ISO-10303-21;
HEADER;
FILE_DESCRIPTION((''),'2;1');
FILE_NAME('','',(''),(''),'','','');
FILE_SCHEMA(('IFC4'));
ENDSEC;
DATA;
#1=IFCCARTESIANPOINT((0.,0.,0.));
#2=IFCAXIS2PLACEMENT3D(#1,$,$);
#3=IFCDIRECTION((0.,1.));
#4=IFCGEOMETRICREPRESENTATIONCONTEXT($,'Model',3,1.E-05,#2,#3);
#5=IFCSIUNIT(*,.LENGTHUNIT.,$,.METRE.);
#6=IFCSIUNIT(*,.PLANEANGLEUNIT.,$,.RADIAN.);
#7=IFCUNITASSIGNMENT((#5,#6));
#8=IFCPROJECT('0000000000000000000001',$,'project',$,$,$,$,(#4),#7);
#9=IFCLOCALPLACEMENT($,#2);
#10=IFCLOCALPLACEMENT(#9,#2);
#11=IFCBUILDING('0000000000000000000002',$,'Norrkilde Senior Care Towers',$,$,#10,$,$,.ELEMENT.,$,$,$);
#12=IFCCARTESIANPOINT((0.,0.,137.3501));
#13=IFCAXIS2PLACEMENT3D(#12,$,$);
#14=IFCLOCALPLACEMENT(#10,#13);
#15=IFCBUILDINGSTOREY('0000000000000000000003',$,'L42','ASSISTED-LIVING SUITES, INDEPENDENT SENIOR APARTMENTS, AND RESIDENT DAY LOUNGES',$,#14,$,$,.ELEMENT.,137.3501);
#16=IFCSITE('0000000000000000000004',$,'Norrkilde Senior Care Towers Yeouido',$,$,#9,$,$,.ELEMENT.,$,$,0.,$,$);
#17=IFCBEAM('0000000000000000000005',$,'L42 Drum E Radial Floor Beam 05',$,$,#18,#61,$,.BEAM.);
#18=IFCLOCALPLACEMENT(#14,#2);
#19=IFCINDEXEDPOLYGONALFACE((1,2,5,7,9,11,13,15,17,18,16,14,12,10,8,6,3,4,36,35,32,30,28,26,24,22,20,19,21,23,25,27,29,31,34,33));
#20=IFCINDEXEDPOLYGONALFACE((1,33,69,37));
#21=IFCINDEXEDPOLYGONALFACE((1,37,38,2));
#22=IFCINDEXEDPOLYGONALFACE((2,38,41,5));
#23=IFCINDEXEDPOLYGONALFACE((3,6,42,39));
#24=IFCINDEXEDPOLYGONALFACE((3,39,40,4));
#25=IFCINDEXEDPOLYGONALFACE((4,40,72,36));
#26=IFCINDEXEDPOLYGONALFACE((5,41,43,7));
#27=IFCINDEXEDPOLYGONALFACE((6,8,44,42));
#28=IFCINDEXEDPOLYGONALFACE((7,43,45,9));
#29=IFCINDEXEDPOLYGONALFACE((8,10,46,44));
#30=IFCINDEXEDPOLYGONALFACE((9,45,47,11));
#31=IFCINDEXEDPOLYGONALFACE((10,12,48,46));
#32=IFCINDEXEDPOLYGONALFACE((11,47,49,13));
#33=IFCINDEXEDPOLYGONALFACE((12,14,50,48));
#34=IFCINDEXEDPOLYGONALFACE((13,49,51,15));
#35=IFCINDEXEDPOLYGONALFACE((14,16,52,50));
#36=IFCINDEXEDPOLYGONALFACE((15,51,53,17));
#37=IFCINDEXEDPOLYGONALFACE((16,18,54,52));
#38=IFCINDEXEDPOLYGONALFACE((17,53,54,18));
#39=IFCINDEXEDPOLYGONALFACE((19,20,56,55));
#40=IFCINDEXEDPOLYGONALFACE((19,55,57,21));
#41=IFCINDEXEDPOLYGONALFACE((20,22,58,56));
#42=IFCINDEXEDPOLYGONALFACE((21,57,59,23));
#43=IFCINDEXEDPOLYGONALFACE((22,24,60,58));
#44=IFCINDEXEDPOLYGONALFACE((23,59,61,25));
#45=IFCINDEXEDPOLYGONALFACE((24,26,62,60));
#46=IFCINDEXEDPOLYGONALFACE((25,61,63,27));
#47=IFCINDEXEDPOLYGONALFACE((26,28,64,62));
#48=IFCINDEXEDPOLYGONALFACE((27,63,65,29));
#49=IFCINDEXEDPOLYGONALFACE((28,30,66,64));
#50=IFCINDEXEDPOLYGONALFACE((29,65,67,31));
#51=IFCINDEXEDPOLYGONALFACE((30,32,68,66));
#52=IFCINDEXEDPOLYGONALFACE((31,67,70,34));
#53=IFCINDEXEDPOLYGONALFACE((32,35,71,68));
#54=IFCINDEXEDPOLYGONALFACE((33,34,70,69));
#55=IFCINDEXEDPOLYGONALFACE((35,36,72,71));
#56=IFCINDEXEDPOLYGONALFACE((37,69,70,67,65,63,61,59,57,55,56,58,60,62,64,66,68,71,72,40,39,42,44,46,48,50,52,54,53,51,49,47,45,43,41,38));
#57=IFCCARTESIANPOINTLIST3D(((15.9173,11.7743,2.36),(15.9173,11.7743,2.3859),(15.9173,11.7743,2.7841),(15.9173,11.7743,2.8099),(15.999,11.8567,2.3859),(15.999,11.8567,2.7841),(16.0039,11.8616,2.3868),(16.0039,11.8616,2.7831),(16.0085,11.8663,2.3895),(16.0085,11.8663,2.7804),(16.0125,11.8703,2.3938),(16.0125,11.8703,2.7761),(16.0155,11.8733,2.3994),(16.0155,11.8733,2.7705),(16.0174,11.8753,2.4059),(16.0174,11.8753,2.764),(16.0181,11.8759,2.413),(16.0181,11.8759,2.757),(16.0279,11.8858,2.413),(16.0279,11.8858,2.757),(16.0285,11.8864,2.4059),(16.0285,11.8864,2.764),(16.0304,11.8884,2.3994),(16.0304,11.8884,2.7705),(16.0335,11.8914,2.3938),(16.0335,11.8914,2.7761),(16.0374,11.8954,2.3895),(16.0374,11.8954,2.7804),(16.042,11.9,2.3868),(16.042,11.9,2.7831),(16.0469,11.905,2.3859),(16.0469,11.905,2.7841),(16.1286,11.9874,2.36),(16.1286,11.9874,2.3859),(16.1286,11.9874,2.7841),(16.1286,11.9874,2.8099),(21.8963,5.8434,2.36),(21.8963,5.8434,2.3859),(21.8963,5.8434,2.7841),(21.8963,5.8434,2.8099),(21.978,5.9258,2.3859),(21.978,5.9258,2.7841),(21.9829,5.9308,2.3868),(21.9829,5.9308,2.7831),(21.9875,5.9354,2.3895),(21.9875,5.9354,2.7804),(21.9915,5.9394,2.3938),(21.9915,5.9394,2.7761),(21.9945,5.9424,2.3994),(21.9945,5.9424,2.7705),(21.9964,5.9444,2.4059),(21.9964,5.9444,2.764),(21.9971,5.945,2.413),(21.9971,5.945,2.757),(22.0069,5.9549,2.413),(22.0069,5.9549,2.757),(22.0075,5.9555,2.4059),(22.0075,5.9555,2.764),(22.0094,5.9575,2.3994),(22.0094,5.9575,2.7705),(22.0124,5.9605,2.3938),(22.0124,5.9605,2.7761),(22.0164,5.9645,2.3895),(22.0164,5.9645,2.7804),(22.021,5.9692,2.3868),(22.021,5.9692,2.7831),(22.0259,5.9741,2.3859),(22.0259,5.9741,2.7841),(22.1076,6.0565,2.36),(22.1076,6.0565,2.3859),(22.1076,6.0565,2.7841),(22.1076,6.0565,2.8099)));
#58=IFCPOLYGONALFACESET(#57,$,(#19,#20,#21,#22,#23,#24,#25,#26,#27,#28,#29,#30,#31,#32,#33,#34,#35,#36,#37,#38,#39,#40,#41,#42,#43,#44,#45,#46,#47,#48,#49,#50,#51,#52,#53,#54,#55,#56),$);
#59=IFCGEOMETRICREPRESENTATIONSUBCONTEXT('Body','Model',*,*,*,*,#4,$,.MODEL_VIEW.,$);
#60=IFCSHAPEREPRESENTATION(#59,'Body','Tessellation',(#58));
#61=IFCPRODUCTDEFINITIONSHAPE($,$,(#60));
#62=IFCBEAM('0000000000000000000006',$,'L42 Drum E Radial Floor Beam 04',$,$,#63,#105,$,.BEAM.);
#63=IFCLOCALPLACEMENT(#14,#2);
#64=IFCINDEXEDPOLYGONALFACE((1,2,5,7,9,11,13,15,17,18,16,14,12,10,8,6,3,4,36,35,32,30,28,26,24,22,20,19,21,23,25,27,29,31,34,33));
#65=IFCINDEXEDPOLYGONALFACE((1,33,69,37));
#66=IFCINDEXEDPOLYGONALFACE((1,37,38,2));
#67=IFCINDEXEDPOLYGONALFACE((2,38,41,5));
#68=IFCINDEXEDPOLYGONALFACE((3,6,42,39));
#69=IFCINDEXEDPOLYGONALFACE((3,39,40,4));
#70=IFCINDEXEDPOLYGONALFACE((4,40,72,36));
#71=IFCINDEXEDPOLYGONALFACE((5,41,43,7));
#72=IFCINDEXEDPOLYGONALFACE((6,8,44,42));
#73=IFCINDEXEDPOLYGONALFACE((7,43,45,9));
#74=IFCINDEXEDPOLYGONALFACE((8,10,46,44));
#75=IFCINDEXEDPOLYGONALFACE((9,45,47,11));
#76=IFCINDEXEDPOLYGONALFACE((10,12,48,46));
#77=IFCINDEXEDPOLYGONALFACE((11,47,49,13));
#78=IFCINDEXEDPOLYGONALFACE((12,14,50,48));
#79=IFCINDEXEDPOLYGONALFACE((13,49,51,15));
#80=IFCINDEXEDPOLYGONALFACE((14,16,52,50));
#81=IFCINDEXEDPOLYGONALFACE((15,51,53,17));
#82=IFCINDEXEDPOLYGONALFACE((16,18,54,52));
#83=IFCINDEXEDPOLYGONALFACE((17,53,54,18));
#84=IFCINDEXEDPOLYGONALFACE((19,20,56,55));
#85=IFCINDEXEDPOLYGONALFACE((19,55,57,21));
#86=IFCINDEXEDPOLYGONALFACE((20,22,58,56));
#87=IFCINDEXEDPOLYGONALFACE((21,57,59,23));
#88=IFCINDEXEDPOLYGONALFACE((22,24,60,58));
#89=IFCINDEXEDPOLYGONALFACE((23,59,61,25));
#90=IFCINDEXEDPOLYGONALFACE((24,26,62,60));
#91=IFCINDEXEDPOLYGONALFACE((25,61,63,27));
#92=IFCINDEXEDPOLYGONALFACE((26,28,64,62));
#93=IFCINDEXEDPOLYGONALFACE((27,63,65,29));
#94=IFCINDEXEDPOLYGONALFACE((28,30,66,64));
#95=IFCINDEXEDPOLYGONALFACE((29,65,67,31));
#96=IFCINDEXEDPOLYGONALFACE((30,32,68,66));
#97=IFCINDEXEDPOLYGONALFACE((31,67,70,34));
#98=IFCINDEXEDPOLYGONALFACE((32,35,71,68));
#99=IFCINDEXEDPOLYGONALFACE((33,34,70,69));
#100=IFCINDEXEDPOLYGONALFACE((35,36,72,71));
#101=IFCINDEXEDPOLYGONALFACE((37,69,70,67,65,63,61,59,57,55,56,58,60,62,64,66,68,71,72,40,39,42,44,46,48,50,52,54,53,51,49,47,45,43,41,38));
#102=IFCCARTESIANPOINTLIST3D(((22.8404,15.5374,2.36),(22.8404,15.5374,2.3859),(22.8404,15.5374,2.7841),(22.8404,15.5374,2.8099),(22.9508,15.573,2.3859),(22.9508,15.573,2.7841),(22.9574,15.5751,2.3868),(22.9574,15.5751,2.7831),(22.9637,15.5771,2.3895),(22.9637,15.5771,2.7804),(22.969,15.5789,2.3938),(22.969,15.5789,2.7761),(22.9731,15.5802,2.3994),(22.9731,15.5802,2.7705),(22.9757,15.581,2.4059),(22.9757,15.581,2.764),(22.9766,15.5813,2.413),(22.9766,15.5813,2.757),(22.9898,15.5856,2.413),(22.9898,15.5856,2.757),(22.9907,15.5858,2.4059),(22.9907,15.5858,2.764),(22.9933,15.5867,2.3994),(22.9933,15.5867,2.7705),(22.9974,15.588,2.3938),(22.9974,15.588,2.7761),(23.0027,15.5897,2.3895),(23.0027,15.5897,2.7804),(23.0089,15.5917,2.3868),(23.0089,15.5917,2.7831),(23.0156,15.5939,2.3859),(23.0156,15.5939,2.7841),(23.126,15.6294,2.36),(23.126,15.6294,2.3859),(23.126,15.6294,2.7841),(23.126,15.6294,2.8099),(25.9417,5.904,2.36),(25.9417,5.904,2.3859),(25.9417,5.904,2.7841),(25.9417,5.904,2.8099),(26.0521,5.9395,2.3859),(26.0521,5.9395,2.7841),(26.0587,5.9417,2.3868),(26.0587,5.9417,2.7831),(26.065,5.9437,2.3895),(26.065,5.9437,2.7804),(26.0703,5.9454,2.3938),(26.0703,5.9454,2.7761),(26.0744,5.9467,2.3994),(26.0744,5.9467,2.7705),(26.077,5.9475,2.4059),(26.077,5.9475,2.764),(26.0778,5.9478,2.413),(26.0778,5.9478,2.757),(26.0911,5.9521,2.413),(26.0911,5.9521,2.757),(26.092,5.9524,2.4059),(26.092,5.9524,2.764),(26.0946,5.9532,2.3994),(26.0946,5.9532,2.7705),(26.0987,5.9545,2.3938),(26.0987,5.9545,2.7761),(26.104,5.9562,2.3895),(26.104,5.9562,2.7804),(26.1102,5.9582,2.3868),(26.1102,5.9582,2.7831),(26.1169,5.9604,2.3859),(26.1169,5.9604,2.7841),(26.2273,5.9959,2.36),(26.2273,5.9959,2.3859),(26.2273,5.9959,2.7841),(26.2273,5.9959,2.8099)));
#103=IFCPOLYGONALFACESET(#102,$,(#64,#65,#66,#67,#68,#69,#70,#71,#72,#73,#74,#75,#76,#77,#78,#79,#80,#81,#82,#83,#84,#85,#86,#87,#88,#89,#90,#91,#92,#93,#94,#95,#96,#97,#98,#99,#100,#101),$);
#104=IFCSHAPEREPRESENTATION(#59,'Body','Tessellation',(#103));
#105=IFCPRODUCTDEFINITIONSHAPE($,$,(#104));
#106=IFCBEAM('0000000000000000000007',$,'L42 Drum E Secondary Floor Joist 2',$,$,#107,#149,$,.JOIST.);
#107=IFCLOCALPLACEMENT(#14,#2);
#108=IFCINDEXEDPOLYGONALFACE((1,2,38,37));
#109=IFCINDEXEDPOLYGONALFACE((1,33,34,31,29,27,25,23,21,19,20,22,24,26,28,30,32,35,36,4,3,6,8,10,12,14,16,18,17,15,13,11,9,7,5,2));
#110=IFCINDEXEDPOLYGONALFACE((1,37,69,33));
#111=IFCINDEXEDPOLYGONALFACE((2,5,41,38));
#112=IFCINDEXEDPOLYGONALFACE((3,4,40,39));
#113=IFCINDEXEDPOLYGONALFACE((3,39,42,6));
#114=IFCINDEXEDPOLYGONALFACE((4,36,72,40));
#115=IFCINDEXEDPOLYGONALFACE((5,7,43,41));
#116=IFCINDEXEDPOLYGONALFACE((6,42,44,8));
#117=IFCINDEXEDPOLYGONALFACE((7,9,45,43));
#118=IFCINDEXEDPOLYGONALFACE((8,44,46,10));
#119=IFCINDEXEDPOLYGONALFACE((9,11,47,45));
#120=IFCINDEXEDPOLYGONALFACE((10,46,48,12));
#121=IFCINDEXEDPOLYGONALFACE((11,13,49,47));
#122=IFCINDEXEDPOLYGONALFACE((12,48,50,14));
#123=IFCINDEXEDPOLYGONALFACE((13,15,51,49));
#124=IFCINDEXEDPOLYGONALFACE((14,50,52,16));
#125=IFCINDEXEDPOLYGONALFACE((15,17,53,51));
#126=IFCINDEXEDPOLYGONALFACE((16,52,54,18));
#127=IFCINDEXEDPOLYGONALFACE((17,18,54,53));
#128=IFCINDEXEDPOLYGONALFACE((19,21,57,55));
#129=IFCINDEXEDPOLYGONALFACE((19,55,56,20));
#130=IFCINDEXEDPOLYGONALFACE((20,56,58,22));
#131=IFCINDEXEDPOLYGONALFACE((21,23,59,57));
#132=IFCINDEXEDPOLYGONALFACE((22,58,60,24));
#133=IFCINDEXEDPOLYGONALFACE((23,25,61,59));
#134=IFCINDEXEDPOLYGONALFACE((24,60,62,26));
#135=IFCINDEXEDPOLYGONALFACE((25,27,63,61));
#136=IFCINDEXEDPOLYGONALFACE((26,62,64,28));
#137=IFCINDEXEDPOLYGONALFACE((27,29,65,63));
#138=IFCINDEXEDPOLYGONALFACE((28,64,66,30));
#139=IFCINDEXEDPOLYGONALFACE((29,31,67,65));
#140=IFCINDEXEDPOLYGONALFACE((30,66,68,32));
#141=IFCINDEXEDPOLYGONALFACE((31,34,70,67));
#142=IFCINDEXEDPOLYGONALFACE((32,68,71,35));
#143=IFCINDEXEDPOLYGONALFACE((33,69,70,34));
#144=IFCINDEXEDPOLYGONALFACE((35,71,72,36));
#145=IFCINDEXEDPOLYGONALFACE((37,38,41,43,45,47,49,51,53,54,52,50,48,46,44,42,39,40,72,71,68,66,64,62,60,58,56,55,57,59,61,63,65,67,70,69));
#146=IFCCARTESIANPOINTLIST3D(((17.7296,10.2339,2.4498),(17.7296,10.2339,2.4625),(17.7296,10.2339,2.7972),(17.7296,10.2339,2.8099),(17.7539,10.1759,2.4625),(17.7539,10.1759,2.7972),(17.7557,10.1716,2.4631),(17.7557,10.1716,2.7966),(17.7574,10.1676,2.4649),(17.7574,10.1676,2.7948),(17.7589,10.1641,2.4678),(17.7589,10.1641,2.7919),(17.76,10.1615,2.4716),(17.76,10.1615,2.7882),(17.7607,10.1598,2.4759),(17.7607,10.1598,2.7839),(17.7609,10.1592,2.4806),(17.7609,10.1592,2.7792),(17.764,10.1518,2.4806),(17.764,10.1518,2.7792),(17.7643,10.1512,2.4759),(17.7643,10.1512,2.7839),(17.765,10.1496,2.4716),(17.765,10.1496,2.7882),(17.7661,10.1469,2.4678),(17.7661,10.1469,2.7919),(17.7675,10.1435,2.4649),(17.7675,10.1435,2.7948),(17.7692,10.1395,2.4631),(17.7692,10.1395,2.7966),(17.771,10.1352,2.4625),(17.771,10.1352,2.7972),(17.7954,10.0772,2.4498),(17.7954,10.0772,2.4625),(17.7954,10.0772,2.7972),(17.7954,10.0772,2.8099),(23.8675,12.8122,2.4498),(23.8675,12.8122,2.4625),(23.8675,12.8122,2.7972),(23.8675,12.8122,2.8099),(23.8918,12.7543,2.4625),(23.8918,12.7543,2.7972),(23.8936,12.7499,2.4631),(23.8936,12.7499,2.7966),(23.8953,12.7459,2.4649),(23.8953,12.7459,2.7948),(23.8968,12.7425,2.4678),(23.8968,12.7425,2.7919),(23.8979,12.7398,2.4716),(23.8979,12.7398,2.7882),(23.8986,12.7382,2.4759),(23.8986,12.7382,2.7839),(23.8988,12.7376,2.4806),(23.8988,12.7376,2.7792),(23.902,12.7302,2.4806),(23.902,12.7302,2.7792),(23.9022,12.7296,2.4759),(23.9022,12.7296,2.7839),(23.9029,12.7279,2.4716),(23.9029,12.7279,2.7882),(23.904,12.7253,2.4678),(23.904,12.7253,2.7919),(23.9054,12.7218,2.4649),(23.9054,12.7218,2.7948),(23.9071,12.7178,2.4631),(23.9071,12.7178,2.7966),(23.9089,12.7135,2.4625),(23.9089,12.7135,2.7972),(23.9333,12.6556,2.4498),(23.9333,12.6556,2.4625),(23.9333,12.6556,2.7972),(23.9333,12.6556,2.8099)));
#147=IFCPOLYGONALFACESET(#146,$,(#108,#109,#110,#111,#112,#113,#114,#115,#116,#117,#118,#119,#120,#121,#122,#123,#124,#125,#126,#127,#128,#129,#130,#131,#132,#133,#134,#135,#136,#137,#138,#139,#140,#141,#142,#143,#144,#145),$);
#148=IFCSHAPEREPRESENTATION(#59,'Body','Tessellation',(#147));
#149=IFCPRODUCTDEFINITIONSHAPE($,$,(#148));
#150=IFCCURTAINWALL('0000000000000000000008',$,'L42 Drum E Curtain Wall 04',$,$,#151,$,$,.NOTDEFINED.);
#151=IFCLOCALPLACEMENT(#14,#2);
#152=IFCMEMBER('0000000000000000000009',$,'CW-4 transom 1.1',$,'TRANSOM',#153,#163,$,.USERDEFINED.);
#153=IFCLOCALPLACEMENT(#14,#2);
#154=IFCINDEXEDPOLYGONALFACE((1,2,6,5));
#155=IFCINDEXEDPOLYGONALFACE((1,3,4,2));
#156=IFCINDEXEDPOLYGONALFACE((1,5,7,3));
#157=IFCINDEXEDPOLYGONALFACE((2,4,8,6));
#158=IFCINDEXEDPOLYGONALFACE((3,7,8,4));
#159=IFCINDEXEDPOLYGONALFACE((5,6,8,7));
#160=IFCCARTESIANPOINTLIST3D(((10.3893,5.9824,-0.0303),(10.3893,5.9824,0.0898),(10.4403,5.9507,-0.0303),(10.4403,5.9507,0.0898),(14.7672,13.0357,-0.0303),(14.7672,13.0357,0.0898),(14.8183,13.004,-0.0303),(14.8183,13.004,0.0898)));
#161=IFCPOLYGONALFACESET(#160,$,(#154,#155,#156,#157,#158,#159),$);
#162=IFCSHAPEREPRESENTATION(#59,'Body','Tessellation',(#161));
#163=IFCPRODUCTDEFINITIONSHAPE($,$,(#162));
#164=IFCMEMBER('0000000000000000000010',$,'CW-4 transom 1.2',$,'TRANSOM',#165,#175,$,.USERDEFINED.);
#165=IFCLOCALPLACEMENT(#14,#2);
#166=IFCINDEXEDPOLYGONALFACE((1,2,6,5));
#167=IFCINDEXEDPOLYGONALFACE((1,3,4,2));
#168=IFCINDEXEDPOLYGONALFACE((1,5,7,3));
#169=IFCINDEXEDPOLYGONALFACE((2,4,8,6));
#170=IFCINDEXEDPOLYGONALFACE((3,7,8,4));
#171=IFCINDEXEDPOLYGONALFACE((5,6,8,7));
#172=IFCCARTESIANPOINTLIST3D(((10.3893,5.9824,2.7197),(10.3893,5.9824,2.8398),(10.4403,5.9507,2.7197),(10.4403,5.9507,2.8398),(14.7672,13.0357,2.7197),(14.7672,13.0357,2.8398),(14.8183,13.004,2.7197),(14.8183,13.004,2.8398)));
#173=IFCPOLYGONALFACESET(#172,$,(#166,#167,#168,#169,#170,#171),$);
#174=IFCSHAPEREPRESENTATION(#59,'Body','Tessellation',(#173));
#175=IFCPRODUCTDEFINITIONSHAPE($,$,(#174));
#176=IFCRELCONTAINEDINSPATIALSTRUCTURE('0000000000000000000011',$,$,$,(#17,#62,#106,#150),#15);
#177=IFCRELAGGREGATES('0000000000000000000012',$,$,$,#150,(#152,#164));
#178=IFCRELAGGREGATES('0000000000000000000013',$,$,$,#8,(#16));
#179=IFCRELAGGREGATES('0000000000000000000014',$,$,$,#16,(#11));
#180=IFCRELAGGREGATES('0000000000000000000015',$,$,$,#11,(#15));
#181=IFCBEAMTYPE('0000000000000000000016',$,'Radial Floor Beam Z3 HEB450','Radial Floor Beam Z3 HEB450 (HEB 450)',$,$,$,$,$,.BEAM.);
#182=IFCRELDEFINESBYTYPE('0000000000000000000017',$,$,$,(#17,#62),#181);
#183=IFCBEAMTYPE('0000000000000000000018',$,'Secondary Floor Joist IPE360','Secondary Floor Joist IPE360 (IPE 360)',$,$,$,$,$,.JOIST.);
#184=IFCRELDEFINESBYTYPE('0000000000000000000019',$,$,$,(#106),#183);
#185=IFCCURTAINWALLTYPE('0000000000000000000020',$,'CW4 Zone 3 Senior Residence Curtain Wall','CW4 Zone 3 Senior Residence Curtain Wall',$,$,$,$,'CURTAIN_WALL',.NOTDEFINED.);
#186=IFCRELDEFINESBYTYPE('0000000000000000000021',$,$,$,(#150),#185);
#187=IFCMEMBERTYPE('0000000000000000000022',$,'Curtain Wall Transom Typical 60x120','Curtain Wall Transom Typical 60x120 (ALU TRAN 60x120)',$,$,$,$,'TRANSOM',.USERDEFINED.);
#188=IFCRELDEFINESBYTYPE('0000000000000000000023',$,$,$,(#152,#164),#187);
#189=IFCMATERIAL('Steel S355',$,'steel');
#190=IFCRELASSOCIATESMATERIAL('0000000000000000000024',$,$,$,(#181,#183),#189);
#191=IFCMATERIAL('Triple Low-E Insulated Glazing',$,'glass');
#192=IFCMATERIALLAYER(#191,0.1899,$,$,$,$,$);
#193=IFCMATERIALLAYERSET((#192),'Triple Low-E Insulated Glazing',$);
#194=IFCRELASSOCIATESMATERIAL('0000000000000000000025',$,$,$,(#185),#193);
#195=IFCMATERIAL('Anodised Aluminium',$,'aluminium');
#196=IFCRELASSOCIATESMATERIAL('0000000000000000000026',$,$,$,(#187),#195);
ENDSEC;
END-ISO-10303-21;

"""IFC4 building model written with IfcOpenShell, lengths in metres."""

from ifc_helpers import new_model, si_unit, direction, frame, origin, origin_2d, place, context, subcontext, project, spatial, rectangle, i_section, extrude, source, transform, mapped, material, layer, layer_set, material_profile, profile_set, type_object, type_shapes, element, aggregate, save


model = new_model("IFC4")

# Units and contexts
model_context = context("Model", 3, precision=1e-05, world=origin(), true_north=direction((0.0, 1.0)))
body_context = subcontext(model_context, "Body", "Model", "MODEL_VIEW")
ifc_project = project(units=[si_unit("LENGTHUNIT", "METRE"), si_unit("PLANEANGLEUNIT", "RADIAN")], contexts=[model_context])

# Site, building, storey
site_placement = place(None, origin())
site = spatial("IfcSite", under=ifc_project, at=site_placement, Name="Norrkilde Senior Care Towers Yeouido", CompositionType="ELEMENT", RefElevation=0.0)
building_placement = place(site_placement, origin())
building = spatial("IfcBuilding", under=site, at=building_placement, Name="Norrkilde Senior Care Towers", CompositionType="ELEMENT")
storey_placement = place(building_placement, frame((0.0, 0.0, 137.3501)))
storey = spatial("IfcBuildingStorey", under=building, at=storey_placement, Name="L42", Description="ASSISTED-LIVING SUITES, INDEPENDENT SENIOR APARTMENTS, AND RESIDENT DAY LOUNGES", CompositionType="ELEMENT", Elevation=137.3501)

# Beams
ifc_material_1 = material(Name="Steel S355", Category="steel")
ifc_material_profile_1 = material_profile(ifc_material_1, i_section(OverallWidth=0.3, OverallDepth=0.45, WebThickness=0.0139, FlangeThickness=0.0259, FilletRadius=0.0271, at=origin_2d()), Name="HEB 450")
ifc_profile_set_1 = profile_set([ifc_material_profile_1], Name="Steel S355")
beam_type_1 = type_object("IfcBeamType", Name="Radial Floor Beam Z3 HEB450", Description="Radial Floor Beam Z3 HEB450 (HEB 450)", PredefinedType="BEAM", material=ifc_profile_set_1)
shared_shape_1 = source(origin(), body_context, "Body", "SweptSolid", [
    extrude(i_section(OverallWidth=0.3, OverallDepth=0.45, WebThickness=0.0139, FlangeThickness=0.0259, FilletRadius=0.0271, at=origin_2d()), origin(), (0.0, 0.0, 1.0), 8.4216),
])
beam_1_placement = place(storey_placement, frame((22.002, 5.95, 2.585), z_axis=(-0.709956, 0.704246, 0.0), x_axis=(-0.704246, -0.709956, 0.0)))
element("IfcBeam", 1, at=beam_1_placement, inside=storey, type_object=beam_type_1, Name="L42 Drum E Radial Floor Beam 05", PredefinedType="BEAM", context=body_context, shape_type="MappedRepresentation", body=[
    mapped(shared_shape_1, transform((0.0, 0.0, 0.0), x_axis=(1.0, 0.0, 0.0), y_axis=(0.0, 1.0, 0.0), z_axis=(0.0, 0.0, 1.0), scale=1.0)),
])
shared_shape_2 = source(origin(), body_context, "Body", "SweptSolid", [
    extrude(i_section(OverallWidth=0.3, OverallDepth=0.45, WebThickness=0.0139, FlangeThickness=0.0259, FilletRadius=0.0271, at=origin_2d()), origin(), (0.0, 0.0, 1.0), 10.1204),
])
type_shapes(beam_type_1, [shared_shape_1, shared_shape_2])
beam_2_placement = place(storey_placement, frame((26.0845, 5.95, 2.585), z_axis=(-0.306441, 0.95189, 0.0), x_axis=(-0.95189, -0.306441, 0.0)))
element("IfcBeam", 2, at=beam_2_placement, inside=storey, type_object=beam_type_1, Name="L42 Drum E Radial Floor Beam 04", PredefinedType="BEAM", context=body_context, shape_type="MappedRepresentation", body=[
    mapped(shared_shape_2, transform((0.0, 0.0, 0.0), x_axis=(1.0, 0.0, 0.0), y_axis=(0.0, 1.0, 0.0), z_axis=(0.0, 0.0, 1.0), scale=1.0)),
])
ifc_material_profile_2 = material_profile(ifc_material_1, i_section(OverallWidth=0.1699, OverallDepth=0.3601, WebThickness=0.0081, FlangeThickness=0.0127, FilletRadius=0.0181, at=origin_2d()), Name="IPE 360")
ifc_profile_set_2 = profile_set([ifc_material_profile_2], Name="Steel S355")
beam_type_2 = type_object("IfcBeamType", Name="Secondary Floor Joist IPE360", Description="Secondary Floor Joist IPE360 (IPE 360)", PredefinedType="JOIST", material=ifc_profile_set_2)
shared_shape_3 = source(origin(), body_context, "Body", "SweptSolid", [
    extrude(i_section(OverallWidth=0.1699, OverallDepth=0.3601, WebThickness=0.0081, FlangeThickness=0.0127, FilletRadius=0.0181, at=origin_2d()), origin(), (0.0, 0.0, 1.0), 6.6575),
])
type_shapes(beam_type_2, [shared_shape_3])
beam_3_placement = place(storey_placement, frame((23.9004, 12.7339, 2.6299), z_axis=(-0.921959, -0.387288, 0.0), x_axis=(0.387288, -0.921959, 0.0)))
element("IfcBeam", 3, at=beam_3_placement, inside=storey, type_object=beam_type_2, Name="L42 Drum E Secondary Floor Joist 2", PredefinedType="JOIST", context=body_context, shape_type="MappedRepresentation", body=[
    mapped(shared_shape_3, transform((0.0, 0.0, 0.0), x_axis=(1.0, 0.0, 0.0), y_axis=(0.0, 1.0, 0.0), z_axis=(0.0, 0.0, 1.0), scale=1.0)),
])

# Curtain wall, members
ifc_material_2 = material(Name="Triple Low-E Insulated Glazing", Category="glass")
ifc_layer_1 = layer(ifc_material_2, 0.1899)
ifc_layer_set_1 = layer_set([ifc_layer_1], Name="Triple Low-E Insulated Glazing")
curtain_wall_type = type_object("IfcCurtainWallType", Name="CW4 Zone 3 Senior Residence Curtain Wall", Description="CW4 Zone 3 Senior Residence Curtain Wall", ElementType="CURTAIN_WALL", PredefinedType="NOTDEFINED", material=ifc_layer_set_1)
curtain_wall_1_placement = place(storey_placement, origin())
curtain_wall_1 = element("IfcCurtainWall", 4, at=curtain_wall_1_placement, inside=storey, type_object=curtain_wall_type, Name="L42 Drum E Curtain Wall 04", PredefinedType="NOTDEFINED")
ifc_material_3 = material(Name="Anodised Aluminium", Category="aluminium")
ifc_material_profile_3 = material_profile(ifc_material_3, rectangle(XDim=0.0601, YDim=0.1201, at=origin_2d()), Name="ALU TRAN 60x120")
ifc_profile_set_3 = profile_set([ifc_material_profile_3], Name="Anodised Aluminium")
member_type_1 = type_object("IfcMemberType", Name="Curtain Wall Transom Typical 60x120", Description="Curtain Wall Transom Typical 60x120 (ALU TRAN 60x120)", ElementType="TRANSOM", PredefinedType="USERDEFINED", material=ifc_profile_set_3)
shared_shape_4 = source(origin(), body_context, "Body", "SweptSolid", [
    extrude(rectangle(XDim=0.0601, YDim=0.1201, at=origin_2d()), origin(), (0.0, 0.0, 1.0), 8.3015),
])
member_1_placement = place(storey_placement, frame((10.4148, 5.9666, 0.0298), z_axis=(0.527369, 0.849637, 0.0), x_axis=(-0.849637, 0.527369, 0.0)))
member_1 = element("IfcMember", 5, at=member_1_placement, type_object=member_type_1, Name="CW-4 transom 1.1", ObjectType="TRANSOM", PredefinedType="USERDEFINED", context=body_context, shape_type="MappedRepresentation", body=[
    mapped(shared_shape_4, transform((0.0, 0.0, 0.0), x_axis=(1.0, 0.0, 0.0), y_axis=(0.0, 1.0, 0.0), z_axis=(0.0, 0.0, 1.0), scale=1.0)),
])
member_2_placement = place(storey_placement, frame((10.4148, 5.9666, 2.7798), z_axis=(0.527369, 0.849637, 0.0), x_axis=(-0.849637, 0.527369, 0.0)))
member_2 = element("IfcMember", 6, at=member_2_placement, type_object=member_type_1, Name="CW-4 transom 1.2", ObjectType="TRANSOM", PredefinedType="USERDEFINED", context=body_context, shape_type="MappedRepresentation", body=[
    mapped(shared_shape_4, transform((0.0, 0.0, 0.0), x_axis=(1.0, 0.0, 0.0), y_axis=(0.0, 1.0, 0.0), z_axis=(0.0, 0.0, 1.0), scale=1.0)),
])

aggregate(curtain_wall_1, [member_1, member_2])

save(model, "model.ifc")
